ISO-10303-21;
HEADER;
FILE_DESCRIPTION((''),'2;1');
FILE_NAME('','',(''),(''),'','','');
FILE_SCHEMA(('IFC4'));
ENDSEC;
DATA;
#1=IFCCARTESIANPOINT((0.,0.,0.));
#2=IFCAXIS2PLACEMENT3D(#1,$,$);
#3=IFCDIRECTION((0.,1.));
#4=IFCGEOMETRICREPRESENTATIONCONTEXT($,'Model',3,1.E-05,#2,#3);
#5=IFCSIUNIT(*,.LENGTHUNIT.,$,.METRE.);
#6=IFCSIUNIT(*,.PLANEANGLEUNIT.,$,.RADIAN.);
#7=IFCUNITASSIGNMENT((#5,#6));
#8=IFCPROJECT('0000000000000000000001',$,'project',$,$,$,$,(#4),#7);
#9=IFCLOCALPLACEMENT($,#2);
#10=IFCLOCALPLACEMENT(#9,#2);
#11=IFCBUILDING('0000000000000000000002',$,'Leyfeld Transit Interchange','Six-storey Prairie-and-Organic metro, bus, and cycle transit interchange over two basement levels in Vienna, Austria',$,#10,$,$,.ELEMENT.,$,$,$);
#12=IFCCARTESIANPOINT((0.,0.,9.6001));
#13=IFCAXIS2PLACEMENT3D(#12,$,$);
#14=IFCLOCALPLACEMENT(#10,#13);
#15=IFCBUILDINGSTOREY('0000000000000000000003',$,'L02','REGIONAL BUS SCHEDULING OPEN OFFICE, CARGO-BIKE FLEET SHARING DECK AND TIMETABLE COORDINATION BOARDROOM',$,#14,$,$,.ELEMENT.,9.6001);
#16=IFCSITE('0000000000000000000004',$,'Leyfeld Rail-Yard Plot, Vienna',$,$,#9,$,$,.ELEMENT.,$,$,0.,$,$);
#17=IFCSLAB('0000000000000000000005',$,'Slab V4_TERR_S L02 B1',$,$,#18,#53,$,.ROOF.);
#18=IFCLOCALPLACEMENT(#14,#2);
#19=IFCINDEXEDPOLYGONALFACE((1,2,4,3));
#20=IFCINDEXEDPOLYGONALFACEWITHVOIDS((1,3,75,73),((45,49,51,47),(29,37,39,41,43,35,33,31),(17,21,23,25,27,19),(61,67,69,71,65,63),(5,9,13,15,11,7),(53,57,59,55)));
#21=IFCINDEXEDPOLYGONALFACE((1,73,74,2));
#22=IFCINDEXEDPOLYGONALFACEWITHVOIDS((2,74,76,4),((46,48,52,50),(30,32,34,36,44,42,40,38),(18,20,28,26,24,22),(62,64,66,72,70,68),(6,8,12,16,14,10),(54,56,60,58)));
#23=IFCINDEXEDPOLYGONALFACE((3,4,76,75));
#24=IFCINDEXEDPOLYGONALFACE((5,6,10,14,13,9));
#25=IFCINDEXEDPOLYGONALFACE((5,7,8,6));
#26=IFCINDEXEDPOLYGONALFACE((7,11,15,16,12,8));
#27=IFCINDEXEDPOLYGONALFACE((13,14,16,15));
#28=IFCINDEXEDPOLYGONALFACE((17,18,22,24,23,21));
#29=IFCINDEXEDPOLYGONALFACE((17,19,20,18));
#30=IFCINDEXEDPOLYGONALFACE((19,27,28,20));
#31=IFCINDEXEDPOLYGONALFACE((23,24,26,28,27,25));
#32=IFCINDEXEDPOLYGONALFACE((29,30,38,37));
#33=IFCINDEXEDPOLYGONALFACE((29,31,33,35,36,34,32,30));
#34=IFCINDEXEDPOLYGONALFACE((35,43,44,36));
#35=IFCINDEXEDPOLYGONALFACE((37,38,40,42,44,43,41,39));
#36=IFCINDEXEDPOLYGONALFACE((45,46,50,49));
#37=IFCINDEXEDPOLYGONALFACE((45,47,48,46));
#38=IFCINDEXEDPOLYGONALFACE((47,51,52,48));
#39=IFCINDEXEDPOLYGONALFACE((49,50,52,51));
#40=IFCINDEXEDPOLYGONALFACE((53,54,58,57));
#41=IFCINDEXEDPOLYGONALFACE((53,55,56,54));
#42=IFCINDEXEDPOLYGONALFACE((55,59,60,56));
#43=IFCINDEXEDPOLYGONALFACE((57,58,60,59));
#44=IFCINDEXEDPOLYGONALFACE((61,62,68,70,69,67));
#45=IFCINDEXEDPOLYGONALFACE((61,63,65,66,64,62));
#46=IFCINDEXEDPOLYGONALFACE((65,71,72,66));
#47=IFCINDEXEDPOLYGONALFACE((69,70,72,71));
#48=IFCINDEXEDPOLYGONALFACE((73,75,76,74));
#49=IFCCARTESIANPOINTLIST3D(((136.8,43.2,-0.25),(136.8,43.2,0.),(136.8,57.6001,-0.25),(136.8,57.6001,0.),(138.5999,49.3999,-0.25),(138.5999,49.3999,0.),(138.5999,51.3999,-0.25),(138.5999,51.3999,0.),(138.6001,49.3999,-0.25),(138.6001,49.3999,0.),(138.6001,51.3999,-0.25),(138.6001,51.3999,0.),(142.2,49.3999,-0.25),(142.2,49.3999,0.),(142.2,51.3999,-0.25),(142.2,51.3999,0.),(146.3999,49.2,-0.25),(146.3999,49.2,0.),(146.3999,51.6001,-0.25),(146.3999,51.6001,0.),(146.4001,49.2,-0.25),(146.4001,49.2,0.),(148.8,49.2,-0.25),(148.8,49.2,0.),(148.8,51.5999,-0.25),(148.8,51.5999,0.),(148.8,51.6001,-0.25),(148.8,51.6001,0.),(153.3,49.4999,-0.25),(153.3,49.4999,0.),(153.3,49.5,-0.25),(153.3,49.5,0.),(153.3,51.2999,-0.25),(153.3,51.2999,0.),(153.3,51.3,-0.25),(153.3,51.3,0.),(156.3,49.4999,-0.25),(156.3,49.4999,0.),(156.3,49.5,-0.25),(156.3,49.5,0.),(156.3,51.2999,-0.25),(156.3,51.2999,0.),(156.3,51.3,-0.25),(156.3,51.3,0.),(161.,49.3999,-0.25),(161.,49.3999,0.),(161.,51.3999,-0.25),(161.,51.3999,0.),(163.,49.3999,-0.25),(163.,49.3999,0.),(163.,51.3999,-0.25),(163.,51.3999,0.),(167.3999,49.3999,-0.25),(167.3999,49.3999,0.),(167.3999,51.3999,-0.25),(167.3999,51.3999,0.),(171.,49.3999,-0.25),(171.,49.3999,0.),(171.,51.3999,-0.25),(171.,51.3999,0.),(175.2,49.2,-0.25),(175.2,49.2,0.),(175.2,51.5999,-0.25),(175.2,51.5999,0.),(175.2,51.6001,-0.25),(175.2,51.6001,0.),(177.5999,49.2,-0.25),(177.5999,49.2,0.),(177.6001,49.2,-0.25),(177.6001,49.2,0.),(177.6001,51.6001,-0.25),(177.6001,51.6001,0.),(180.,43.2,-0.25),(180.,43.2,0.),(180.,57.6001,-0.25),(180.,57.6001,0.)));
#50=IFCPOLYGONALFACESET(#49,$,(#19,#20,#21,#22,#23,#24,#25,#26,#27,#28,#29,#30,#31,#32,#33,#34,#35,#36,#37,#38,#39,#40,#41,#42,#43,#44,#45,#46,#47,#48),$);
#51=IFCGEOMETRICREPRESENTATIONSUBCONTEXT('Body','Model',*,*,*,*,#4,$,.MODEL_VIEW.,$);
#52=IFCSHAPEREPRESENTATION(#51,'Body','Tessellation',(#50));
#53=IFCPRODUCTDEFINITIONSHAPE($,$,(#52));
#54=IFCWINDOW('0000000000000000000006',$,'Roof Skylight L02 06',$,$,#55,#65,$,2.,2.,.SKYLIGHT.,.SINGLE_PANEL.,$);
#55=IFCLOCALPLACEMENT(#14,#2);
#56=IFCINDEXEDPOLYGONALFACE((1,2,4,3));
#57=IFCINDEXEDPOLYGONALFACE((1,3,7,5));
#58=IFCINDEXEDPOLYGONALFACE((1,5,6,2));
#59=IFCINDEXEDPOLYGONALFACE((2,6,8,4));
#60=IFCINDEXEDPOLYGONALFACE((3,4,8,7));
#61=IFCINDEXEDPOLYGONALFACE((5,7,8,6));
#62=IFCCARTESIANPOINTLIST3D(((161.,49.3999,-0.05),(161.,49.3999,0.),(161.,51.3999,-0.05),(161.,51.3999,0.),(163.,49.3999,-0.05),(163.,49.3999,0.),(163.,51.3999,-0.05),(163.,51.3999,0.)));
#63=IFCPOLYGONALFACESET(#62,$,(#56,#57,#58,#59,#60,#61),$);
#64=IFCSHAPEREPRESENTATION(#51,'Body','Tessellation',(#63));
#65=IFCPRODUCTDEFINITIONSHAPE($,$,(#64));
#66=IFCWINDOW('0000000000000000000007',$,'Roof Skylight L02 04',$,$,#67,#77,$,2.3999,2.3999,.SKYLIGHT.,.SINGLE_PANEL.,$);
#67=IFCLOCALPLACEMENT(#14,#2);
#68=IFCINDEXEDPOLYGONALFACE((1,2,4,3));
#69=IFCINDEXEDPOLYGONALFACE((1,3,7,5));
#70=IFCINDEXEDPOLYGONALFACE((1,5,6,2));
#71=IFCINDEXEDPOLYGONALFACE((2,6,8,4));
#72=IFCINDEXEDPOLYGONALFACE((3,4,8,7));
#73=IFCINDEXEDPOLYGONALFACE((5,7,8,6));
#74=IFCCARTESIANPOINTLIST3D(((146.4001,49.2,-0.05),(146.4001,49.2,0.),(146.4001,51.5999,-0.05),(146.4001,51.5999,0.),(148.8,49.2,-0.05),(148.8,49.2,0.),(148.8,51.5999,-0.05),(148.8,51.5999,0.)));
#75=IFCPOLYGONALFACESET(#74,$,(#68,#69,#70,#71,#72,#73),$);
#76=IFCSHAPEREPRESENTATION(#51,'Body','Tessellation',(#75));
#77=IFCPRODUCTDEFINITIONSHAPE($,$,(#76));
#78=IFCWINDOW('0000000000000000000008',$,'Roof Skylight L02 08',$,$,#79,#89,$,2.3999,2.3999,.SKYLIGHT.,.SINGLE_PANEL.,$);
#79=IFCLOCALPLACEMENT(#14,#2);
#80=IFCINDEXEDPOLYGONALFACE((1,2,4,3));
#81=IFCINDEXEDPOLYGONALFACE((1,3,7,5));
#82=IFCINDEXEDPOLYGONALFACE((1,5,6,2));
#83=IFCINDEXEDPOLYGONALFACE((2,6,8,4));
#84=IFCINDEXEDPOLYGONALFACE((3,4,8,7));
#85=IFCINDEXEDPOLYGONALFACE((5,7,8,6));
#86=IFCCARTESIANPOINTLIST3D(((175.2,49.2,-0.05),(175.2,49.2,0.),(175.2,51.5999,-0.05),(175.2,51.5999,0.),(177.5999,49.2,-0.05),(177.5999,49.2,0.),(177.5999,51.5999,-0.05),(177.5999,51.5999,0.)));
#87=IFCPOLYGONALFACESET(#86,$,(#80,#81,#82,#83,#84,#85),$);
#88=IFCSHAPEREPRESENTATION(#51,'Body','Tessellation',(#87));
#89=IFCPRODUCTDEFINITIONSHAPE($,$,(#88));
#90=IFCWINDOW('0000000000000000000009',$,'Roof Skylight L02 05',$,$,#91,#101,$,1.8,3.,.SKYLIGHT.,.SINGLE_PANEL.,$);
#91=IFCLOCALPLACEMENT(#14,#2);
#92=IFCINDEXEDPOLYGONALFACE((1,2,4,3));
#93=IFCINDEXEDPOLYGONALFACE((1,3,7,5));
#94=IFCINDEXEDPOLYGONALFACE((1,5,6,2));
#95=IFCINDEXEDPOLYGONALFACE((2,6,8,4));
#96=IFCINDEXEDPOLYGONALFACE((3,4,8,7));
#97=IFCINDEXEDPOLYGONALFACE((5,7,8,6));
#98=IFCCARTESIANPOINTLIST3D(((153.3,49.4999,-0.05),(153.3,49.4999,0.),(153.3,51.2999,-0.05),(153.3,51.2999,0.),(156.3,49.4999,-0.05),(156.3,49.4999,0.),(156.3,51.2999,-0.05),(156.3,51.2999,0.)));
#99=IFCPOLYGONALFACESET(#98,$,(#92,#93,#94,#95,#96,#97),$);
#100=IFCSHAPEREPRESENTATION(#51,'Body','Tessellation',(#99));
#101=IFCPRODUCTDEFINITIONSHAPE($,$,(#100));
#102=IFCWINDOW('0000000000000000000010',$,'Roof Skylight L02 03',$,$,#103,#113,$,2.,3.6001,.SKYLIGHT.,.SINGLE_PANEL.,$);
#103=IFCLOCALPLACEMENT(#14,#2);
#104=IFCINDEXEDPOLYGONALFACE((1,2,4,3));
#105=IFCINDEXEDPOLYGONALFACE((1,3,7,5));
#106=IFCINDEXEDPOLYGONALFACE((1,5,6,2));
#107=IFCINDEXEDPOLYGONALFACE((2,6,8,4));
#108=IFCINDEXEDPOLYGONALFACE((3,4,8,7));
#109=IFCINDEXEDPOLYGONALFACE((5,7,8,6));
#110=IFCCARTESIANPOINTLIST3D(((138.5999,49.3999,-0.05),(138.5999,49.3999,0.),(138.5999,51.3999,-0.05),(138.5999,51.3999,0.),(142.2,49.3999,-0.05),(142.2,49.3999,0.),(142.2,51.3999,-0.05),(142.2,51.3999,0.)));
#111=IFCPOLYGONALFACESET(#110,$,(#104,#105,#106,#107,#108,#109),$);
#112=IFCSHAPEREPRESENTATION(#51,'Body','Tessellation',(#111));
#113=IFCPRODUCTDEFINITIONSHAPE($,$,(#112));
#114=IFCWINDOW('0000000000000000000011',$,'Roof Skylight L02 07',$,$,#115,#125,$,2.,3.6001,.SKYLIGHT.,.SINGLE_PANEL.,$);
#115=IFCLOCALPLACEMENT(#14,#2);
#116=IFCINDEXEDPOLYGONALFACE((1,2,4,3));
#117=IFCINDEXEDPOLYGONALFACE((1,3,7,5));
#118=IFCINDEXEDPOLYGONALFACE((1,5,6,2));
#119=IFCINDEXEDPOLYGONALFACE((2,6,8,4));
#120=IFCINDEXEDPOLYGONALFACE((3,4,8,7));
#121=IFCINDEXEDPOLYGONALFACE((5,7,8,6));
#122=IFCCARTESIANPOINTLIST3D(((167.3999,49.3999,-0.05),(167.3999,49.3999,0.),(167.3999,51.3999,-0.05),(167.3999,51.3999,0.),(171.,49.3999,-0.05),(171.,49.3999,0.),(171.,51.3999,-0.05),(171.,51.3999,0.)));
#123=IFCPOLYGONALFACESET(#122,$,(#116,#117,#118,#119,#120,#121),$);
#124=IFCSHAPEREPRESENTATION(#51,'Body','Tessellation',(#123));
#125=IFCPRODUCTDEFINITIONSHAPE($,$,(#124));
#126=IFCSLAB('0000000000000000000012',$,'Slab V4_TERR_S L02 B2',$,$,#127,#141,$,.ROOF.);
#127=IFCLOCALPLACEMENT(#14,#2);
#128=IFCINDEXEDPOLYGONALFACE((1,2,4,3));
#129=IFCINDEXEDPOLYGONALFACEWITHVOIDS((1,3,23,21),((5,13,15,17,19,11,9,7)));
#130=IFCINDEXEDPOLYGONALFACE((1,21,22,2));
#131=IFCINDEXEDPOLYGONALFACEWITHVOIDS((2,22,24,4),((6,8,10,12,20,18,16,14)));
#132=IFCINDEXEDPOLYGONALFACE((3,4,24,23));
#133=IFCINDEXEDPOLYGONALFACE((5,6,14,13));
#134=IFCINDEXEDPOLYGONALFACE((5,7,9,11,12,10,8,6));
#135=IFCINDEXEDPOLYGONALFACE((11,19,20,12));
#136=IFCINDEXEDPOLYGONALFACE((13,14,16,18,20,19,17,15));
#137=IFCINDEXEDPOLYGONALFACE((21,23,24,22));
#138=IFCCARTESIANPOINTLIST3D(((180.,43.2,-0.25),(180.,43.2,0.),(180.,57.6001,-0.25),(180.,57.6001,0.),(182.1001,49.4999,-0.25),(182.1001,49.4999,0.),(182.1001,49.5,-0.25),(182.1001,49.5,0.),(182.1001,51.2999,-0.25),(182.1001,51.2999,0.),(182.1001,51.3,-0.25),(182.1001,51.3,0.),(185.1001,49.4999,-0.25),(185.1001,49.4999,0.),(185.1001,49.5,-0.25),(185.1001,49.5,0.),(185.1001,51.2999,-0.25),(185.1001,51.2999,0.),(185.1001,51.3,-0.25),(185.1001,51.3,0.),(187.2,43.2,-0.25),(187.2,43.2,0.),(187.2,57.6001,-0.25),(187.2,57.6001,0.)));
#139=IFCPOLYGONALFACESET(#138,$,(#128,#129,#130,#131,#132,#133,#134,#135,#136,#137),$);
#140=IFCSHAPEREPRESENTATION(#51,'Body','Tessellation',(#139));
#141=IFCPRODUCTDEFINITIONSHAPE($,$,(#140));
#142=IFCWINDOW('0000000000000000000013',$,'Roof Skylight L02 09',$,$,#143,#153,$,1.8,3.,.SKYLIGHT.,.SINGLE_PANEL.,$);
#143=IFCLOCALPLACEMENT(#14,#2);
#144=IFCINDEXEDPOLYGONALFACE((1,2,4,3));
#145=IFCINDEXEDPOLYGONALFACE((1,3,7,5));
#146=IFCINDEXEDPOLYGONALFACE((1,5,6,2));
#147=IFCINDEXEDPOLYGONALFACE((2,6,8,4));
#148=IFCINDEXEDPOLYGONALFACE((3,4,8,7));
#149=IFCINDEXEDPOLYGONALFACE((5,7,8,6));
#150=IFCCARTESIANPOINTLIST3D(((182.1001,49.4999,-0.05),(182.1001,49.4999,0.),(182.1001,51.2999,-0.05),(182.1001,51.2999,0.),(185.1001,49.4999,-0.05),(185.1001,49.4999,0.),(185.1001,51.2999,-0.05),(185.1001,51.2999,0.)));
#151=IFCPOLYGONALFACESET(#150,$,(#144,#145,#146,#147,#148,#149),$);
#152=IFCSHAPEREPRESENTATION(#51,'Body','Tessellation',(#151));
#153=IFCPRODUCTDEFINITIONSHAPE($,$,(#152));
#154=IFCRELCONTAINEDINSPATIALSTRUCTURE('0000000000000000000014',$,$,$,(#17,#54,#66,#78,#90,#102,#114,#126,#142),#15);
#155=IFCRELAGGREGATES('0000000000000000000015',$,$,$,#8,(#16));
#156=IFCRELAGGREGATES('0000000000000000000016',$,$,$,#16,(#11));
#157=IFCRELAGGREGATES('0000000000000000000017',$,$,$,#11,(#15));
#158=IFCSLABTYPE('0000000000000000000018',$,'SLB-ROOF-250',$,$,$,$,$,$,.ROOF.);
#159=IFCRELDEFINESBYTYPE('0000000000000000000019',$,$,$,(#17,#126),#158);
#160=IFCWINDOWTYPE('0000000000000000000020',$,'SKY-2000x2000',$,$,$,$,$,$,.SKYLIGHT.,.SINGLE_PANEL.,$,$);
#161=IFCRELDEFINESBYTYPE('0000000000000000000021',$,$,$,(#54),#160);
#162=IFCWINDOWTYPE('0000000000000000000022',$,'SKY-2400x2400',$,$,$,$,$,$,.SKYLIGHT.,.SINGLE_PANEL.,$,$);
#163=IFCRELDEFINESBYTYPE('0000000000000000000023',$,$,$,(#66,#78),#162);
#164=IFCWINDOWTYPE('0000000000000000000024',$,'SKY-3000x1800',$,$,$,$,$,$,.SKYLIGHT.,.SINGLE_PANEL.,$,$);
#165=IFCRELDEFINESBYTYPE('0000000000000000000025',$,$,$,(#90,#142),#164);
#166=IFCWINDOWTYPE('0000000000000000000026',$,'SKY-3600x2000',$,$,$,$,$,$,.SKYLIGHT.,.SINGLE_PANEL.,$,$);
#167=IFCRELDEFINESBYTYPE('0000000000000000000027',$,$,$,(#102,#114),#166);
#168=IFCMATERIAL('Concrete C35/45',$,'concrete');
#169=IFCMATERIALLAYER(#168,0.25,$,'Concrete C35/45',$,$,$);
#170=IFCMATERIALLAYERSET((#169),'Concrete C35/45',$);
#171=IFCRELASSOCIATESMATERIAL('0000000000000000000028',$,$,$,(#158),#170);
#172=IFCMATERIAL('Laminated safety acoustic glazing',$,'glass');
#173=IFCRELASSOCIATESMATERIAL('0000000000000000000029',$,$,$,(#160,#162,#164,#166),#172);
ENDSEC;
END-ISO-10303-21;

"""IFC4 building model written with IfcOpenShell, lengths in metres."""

from ifc_helpers import new_model, si_unit, direction, frame, origin, origin_2d, place, context, subcontext, project, spatial, polyline, rectangle, outline, extrude, material, layer, layer_set, type_object, element, fill, save


model = new_model("IFC4")

# Units and contexts
model_context = context("Model", 3, precision=1e-05, world=origin(), true_north=direction((0.0, 1.0)))
body_context = subcontext(model_context, "Body", "Model", "MODEL_VIEW")
ifc_project = project(units=[si_unit("LENGTHUNIT", "METRE"), si_unit("PLANEANGLEUNIT", "RADIAN")], contexts=[model_context])

# Site, building, storey
site_placement = place(None, origin())
site = spatial("IfcSite", under=ifc_project, at=site_placement, Name="Leyfeld Rail-Yard Plot, Vienna", CompositionType="ELEMENT", RefElevation=0.0)
building_placement = place(site_placement, origin())
building = spatial("IfcBuilding", under=site, at=building_placement, Name="Leyfeld Transit Interchange", Description="Six-storey Prairie-and-Organic metro, bus, and cycle transit interchange over two basement levels in Vienna, Austria", CompositionType="ELEMENT")
storey_placement = place(building_placement, frame((0.0, 0.0, 9.6001)))
storey = spatial("IfcBuildingStorey", under=building, at=storey_placement, Name="L02", Description="REGIONAL BUS SCHEDULING OPEN OFFICE, CARGO-BIKE FLEET SHARING DECK AND TIMETABLE COORDINATION BOARDROOM", CompositionType="ELEMENT", Elevation=9.6001)

# Shared definitions
ifc_material_1 = material(Name="Concrete C35/45", Category="concrete")

# Slab, openings, windows
ifc_layer_1 = layer(ifc_material_1, 0.25, Name="Concrete C35/45")
ifc_layer_set_1 = layer_set([ifc_layer_1], Name="Concrete C35/45")
slab_type_1 = type_object("IfcSlabType", Name="SLB-ROOF-250", PredefinedType="ROOF", material=ifc_layer_set_1)
slab_1_placement = place(storey_placement, frame((0.0, 0.0, -0.25)))
slab_1 = element("IfcSlab", 1, at=slab_1_placement, inside=storey, type_object=slab_type_1, Name="Slab V4_TERR_S L02 B1", PredefinedType="ROOF", context=body_context, shape_type="SweptSolid", body=[
    extrude(outline(polyline([(136.8, 57.6001), (136.8, 43.2), (180.0, 43.2), (180.0, 57.6001), (136.8, 57.6001)]), holes=[polyline([(142.2, 49.3999), (138.6001, 49.3999), (138.6001, 51.3999), (142.2, 51.3999), (142.2, 49.3999)]), polyline([(148.8, 49.2), (146.3999, 49.2), (146.3999, 51.6001), (148.8, 51.6001), (148.8, 49.2)]), polyline([(156.3, 49.5), (153.3, 49.5), (153.3, 51.3), (156.3, 51.3), (156.3, 49.5)]), polyline([(163.0, 49.3999), (161.0, 49.3999), (161.0, 51.3999), (163.0, 51.3999), (163.0, 49.3999)]), polyline([(171.0, 49.3999), (167.3999, 49.3999), (167.3999, 51.3999), (171.0, 51.3999), (171.0, 49.3999)]), polyline([(177.6001, 49.2), (175.2, 49.2), (175.2, 51.6001), (177.6001, 51.6001), (177.6001, 49.2)])]), origin(), (0.0, 0.0, 1.0), 0.25),
])
opening_1_placement = place(slab_1_placement, frame((140.3999, 50.3999, 0.0)))
opening_1 = element("IfcOpeningElement", 2, at=opening_1_placement, cuts=slab_1, PredefinedType="OPENING", context=body_context, shape_type="SweptSolid", body=[
    extrude(rectangle(XDim=3.6001, YDim=2.0, at=origin_2d()), frame((0.0, 0.0, -0.01)), (0.0, 0.0, 1.0), 0.27),
])
opening_2_placement = place(slab_1_placement, frame((147.6001, 50.3999, 0.0)))
opening_2 = element("IfcOpeningElement", 3, at=opening_2_placement, cuts=slab_1, PredefinedType="OPENING", context=body_context, shape_type="SweptSolid", body=[
    extrude(rectangle(XDim=2.3999, YDim=2.3999, at=origin_2d()), frame((0.0, 0.0, -0.01)), (0.0, 0.0, 1.0), 0.27),
])
opening_3_placement = place(slab_1_placement, frame((154.8, 50.3999, 0.0)))
opening_3 = element("IfcOpeningElement", 4, at=opening_3_placement, cuts=slab_1, PredefinedType="OPENING", context=body_context, shape_type="SweptSolid", body=[
    extrude(rectangle(XDim=3.0, YDim=1.8, at=origin_2d()), frame((0.0, 0.0, -0.01)), (0.0, 0.0, 1.0), 0.27),
])
opening_4_placement = place(slab_1_placement, frame((162.0, 50.3999, 0.0)))
opening_4 = element("IfcOpeningElement", 5, at=opening_4_placement, cuts=slab_1, PredefinedType="OPENING", context=body_context, shape_type="SweptSolid", body=[
    extrude(rectangle(XDim=2.0, YDim=2.0, at=origin_2d()), frame((0.0, 0.0, -0.01)), (0.0, 0.0, 1.0), 0.27),
])
opening_5_placement = place(slab_1_placement, frame((169.2, 50.3999, 0.0)))
opening_5 = element("IfcOpeningElement", 6, at=opening_5_placement, cuts=slab_1, PredefinedType="OPENING", context=body_context, shape_type="SweptSolid", body=[
    extrude(rectangle(XDim=3.6001, YDim=2.0, at=origin_2d()), frame((0.0, 0.0, -0.01)), (0.0, 0.0, 1.0), 0.27),
])
opening_6_placement = place(slab_1_placement, frame((176.3999, 50.3999, 0.0)))
opening_6 = element("IfcOpeningElement", 7, at=opening_6_placement, cuts=slab_1, PredefinedType="OPENING", context=body_context, shape_type="SweptSolid", body=[
    extrude(rectangle(XDim=2.3999, YDim=2.3999, at=origin_2d()), frame((0.0, 0.0, -0.01)), (0.0, 0.0, 1.0), 0.27),
])
ifc_material_2 = material(Name="Laminated safety acoustic glazing", Category="glass")
window_type_1 = type_object("IfcWindowType", Name="SKY-2000x2000", PartitioningType="SINGLE_PANEL", PredefinedType="SKYLIGHT", material=ifc_material_2)
window_1_placement = place(opening_4_placement, frame((0.0, 0.0, 0.2)))
window_1 = element("IfcWindow", 8, at=window_1_placement, inside=storey, type_object=window_type_1, Name="Roof Skylight L02 06", OverallHeight=2.0, OverallWidth=2.0, PartitioningType="SINGLE_PANEL", PredefinedType="SKYLIGHT", context=body_context, shape_type="SweptSolid", body=[
    extrude(rectangle(XDim=2.0, YDim=2.0, at=origin_2d()), origin(), (0.0, 0.0, 1.0), 0.05),
])
fill(opening_4, window_1)
window_type_2 = type_object("IfcWindowType", Name="SKY-2400x2400", PartitioningType="SINGLE_PANEL", PredefinedType="SKYLIGHT", material=ifc_material_2)
window_2_placement = place(opening_2_placement, frame((0.0, 0.0, 0.2)))
window_2 = element("IfcWindow", 9, at=window_2_placement, inside=storey, type_object=window_type_2, Name="Roof Skylight L02 04", OverallHeight=2.3999, OverallWidth=2.3999, PartitioningType="SINGLE_PANEL", PredefinedType="SKYLIGHT", context=body_context, shape_type="SweptSolid", body=[
    extrude(rectangle(XDim=2.3999, YDim=2.3999, at=origin_2d()), origin(), (0.0, 0.0, 1.0), 0.05),
])
fill(opening_2, window_2)
window_3_placement = place(opening_6_placement, frame((0.0, 0.0, 0.2)))
window_3 = element("IfcWindow", 10, at=window_3_placement, inside=storey, type_object=window_type_2, Name="Roof Skylight L02 08", OverallHeight=2.3999, OverallWidth=2.3999, PartitioningType="SINGLE_PANEL", PredefinedType="SKYLIGHT", context=body_context, shape_type="SweptSolid", body=[
    extrude(rectangle(XDim=2.3999, YDim=2.3999, at=origin_2d()), origin(), (0.0, 0.0, 1.0), 0.05),
])
fill(opening_6, window_3)
window_type_3 = type_object("IfcWindowType", Name="SKY-3000x1800", PartitioningType="SINGLE_PANEL", PredefinedType="SKYLIGHT", material=ifc_material_2)
window_4_placement = place(opening_3_placement, frame((0.0, 0.0, 0.2)))
window_4 = element("IfcWindow", 11, at=window_4_placement, inside=storey, type_object=window_type_3, Name="Roof Skylight L02 05", OverallHeight=1.8, OverallWidth=3.0, PartitioningType="SINGLE_PANEL", PredefinedType="SKYLIGHT", context=body_context, shape_type="SweptSolid", body=[
    extrude(rectangle(XDim=3.0, YDim=1.8, at=origin_2d()), origin(), (0.0, 0.0, 1.0), 0.05),
])
fill(opening_3, window_4)
window_type_4 = type_object("IfcWindowType", Name="SKY-3600x2000", PartitioningType="SINGLE_PANEL", PredefinedType="SKYLIGHT", material=ifc_material_2)
window_5_placement = place(opening_1_placement, frame((0.0, 0.0, 0.2)))
window_5 = element("IfcWindow", 12, at=window_5_placement, inside=storey, type_object=window_type_4, Name="Roof Skylight L02 03", OverallHeight=2.0, OverallWidth=3.6001, PartitioningType="SINGLE_PANEL", PredefinedType="SKYLIGHT", context=body_context, shape_type="SweptSolid", body=[
    extrude(rectangle(XDim=3.6001, YDim=2.0, at=origin_2d()), origin(), (0.0, 0.0, 1.0), 0.05),
])
fill(opening_1, window_5)
window_6_placement = place(opening_5_placement, frame((0.0, 0.0, 0.2)))
window_6 = element("IfcWindow", 13, at=window_6_placement, inside=storey, type_object=window_type_4, Name="Roof Skylight L02 07", OverallHeight=2.0, OverallWidth=3.6001, PartitioningType="SINGLE_PANEL", PredefinedType="SKYLIGHT", context=body_context, shape_type="SweptSolid", body=[
    extrude(rectangle(XDim=3.6001, YDim=2.0, at=origin_2d()), origin(), (0.0, 0.0, 1.0), 0.05),
])
fill(opening_5, window_6)

# Slab, opening, window
slab_2_placement = place(storey_placement, frame((0.0, 0.0, -0.25)))
slab_2 = element("IfcSlab", 14, at=slab_2_placement, inside=storey, type_object=slab_type_1, Name="Slab V4_TERR_S L02 B2", PredefinedType="ROOF", context=body_context, shape_type="SweptSolid", body=[
    extrude(outline(polyline([(187.2, 57.6001), (180.0, 57.6001), (180.0, 43.2), (187.2, 43.2), (187.2, 57.6001)]), holes=[polyline([(185.1001, 49.5), (182.1001, 49.5), (182.1001, 51.3), (185.1001, 51.3), (185.1001, 49.5)])]), origin(), (0.0, 0.0, 1.0), 0.25),
])
opening_7_placement = place(slab_2_placement, frame((183.6001, 50.3999, 0.0)))
opening_7 = element("IfcOpeningElement", 15, at=opening_7_placement, cuts=slab_2, PredefinedType="OPENING", context=body_context, shape_type="SweptSolid", body=[
    extrude(rectangle(XDim=3.0, YDim=1.8, at=origin_2d()), frame((0.0, 0.0, -0.01)), (0.0, 0.0, 1.0), 0.27),
])
window_7_placement = place(opening_7_placement, frame((0.0, 0.0, 0.2)))
window_7 = element("IfcWindow", 16, at=window_7_placement, inside=storey, type_object=window_type_3, Name="Roof Skylight L02 09", OverallHeight=1.8, OverallWidth=3.0, PartitioningType="SINGLE_PANEL", PredefinedType="SKYLIGHT", context=body_context, shape_type="SweptSolid", body=[
    extrude(rectangle(XDim=3.0, YDim=1.8, at=origin_2d()), origin(), (0.0, 0.0, 1.0), 0.05),
])
fill(opening_7, window_7)

save(model, "model.ifc")
